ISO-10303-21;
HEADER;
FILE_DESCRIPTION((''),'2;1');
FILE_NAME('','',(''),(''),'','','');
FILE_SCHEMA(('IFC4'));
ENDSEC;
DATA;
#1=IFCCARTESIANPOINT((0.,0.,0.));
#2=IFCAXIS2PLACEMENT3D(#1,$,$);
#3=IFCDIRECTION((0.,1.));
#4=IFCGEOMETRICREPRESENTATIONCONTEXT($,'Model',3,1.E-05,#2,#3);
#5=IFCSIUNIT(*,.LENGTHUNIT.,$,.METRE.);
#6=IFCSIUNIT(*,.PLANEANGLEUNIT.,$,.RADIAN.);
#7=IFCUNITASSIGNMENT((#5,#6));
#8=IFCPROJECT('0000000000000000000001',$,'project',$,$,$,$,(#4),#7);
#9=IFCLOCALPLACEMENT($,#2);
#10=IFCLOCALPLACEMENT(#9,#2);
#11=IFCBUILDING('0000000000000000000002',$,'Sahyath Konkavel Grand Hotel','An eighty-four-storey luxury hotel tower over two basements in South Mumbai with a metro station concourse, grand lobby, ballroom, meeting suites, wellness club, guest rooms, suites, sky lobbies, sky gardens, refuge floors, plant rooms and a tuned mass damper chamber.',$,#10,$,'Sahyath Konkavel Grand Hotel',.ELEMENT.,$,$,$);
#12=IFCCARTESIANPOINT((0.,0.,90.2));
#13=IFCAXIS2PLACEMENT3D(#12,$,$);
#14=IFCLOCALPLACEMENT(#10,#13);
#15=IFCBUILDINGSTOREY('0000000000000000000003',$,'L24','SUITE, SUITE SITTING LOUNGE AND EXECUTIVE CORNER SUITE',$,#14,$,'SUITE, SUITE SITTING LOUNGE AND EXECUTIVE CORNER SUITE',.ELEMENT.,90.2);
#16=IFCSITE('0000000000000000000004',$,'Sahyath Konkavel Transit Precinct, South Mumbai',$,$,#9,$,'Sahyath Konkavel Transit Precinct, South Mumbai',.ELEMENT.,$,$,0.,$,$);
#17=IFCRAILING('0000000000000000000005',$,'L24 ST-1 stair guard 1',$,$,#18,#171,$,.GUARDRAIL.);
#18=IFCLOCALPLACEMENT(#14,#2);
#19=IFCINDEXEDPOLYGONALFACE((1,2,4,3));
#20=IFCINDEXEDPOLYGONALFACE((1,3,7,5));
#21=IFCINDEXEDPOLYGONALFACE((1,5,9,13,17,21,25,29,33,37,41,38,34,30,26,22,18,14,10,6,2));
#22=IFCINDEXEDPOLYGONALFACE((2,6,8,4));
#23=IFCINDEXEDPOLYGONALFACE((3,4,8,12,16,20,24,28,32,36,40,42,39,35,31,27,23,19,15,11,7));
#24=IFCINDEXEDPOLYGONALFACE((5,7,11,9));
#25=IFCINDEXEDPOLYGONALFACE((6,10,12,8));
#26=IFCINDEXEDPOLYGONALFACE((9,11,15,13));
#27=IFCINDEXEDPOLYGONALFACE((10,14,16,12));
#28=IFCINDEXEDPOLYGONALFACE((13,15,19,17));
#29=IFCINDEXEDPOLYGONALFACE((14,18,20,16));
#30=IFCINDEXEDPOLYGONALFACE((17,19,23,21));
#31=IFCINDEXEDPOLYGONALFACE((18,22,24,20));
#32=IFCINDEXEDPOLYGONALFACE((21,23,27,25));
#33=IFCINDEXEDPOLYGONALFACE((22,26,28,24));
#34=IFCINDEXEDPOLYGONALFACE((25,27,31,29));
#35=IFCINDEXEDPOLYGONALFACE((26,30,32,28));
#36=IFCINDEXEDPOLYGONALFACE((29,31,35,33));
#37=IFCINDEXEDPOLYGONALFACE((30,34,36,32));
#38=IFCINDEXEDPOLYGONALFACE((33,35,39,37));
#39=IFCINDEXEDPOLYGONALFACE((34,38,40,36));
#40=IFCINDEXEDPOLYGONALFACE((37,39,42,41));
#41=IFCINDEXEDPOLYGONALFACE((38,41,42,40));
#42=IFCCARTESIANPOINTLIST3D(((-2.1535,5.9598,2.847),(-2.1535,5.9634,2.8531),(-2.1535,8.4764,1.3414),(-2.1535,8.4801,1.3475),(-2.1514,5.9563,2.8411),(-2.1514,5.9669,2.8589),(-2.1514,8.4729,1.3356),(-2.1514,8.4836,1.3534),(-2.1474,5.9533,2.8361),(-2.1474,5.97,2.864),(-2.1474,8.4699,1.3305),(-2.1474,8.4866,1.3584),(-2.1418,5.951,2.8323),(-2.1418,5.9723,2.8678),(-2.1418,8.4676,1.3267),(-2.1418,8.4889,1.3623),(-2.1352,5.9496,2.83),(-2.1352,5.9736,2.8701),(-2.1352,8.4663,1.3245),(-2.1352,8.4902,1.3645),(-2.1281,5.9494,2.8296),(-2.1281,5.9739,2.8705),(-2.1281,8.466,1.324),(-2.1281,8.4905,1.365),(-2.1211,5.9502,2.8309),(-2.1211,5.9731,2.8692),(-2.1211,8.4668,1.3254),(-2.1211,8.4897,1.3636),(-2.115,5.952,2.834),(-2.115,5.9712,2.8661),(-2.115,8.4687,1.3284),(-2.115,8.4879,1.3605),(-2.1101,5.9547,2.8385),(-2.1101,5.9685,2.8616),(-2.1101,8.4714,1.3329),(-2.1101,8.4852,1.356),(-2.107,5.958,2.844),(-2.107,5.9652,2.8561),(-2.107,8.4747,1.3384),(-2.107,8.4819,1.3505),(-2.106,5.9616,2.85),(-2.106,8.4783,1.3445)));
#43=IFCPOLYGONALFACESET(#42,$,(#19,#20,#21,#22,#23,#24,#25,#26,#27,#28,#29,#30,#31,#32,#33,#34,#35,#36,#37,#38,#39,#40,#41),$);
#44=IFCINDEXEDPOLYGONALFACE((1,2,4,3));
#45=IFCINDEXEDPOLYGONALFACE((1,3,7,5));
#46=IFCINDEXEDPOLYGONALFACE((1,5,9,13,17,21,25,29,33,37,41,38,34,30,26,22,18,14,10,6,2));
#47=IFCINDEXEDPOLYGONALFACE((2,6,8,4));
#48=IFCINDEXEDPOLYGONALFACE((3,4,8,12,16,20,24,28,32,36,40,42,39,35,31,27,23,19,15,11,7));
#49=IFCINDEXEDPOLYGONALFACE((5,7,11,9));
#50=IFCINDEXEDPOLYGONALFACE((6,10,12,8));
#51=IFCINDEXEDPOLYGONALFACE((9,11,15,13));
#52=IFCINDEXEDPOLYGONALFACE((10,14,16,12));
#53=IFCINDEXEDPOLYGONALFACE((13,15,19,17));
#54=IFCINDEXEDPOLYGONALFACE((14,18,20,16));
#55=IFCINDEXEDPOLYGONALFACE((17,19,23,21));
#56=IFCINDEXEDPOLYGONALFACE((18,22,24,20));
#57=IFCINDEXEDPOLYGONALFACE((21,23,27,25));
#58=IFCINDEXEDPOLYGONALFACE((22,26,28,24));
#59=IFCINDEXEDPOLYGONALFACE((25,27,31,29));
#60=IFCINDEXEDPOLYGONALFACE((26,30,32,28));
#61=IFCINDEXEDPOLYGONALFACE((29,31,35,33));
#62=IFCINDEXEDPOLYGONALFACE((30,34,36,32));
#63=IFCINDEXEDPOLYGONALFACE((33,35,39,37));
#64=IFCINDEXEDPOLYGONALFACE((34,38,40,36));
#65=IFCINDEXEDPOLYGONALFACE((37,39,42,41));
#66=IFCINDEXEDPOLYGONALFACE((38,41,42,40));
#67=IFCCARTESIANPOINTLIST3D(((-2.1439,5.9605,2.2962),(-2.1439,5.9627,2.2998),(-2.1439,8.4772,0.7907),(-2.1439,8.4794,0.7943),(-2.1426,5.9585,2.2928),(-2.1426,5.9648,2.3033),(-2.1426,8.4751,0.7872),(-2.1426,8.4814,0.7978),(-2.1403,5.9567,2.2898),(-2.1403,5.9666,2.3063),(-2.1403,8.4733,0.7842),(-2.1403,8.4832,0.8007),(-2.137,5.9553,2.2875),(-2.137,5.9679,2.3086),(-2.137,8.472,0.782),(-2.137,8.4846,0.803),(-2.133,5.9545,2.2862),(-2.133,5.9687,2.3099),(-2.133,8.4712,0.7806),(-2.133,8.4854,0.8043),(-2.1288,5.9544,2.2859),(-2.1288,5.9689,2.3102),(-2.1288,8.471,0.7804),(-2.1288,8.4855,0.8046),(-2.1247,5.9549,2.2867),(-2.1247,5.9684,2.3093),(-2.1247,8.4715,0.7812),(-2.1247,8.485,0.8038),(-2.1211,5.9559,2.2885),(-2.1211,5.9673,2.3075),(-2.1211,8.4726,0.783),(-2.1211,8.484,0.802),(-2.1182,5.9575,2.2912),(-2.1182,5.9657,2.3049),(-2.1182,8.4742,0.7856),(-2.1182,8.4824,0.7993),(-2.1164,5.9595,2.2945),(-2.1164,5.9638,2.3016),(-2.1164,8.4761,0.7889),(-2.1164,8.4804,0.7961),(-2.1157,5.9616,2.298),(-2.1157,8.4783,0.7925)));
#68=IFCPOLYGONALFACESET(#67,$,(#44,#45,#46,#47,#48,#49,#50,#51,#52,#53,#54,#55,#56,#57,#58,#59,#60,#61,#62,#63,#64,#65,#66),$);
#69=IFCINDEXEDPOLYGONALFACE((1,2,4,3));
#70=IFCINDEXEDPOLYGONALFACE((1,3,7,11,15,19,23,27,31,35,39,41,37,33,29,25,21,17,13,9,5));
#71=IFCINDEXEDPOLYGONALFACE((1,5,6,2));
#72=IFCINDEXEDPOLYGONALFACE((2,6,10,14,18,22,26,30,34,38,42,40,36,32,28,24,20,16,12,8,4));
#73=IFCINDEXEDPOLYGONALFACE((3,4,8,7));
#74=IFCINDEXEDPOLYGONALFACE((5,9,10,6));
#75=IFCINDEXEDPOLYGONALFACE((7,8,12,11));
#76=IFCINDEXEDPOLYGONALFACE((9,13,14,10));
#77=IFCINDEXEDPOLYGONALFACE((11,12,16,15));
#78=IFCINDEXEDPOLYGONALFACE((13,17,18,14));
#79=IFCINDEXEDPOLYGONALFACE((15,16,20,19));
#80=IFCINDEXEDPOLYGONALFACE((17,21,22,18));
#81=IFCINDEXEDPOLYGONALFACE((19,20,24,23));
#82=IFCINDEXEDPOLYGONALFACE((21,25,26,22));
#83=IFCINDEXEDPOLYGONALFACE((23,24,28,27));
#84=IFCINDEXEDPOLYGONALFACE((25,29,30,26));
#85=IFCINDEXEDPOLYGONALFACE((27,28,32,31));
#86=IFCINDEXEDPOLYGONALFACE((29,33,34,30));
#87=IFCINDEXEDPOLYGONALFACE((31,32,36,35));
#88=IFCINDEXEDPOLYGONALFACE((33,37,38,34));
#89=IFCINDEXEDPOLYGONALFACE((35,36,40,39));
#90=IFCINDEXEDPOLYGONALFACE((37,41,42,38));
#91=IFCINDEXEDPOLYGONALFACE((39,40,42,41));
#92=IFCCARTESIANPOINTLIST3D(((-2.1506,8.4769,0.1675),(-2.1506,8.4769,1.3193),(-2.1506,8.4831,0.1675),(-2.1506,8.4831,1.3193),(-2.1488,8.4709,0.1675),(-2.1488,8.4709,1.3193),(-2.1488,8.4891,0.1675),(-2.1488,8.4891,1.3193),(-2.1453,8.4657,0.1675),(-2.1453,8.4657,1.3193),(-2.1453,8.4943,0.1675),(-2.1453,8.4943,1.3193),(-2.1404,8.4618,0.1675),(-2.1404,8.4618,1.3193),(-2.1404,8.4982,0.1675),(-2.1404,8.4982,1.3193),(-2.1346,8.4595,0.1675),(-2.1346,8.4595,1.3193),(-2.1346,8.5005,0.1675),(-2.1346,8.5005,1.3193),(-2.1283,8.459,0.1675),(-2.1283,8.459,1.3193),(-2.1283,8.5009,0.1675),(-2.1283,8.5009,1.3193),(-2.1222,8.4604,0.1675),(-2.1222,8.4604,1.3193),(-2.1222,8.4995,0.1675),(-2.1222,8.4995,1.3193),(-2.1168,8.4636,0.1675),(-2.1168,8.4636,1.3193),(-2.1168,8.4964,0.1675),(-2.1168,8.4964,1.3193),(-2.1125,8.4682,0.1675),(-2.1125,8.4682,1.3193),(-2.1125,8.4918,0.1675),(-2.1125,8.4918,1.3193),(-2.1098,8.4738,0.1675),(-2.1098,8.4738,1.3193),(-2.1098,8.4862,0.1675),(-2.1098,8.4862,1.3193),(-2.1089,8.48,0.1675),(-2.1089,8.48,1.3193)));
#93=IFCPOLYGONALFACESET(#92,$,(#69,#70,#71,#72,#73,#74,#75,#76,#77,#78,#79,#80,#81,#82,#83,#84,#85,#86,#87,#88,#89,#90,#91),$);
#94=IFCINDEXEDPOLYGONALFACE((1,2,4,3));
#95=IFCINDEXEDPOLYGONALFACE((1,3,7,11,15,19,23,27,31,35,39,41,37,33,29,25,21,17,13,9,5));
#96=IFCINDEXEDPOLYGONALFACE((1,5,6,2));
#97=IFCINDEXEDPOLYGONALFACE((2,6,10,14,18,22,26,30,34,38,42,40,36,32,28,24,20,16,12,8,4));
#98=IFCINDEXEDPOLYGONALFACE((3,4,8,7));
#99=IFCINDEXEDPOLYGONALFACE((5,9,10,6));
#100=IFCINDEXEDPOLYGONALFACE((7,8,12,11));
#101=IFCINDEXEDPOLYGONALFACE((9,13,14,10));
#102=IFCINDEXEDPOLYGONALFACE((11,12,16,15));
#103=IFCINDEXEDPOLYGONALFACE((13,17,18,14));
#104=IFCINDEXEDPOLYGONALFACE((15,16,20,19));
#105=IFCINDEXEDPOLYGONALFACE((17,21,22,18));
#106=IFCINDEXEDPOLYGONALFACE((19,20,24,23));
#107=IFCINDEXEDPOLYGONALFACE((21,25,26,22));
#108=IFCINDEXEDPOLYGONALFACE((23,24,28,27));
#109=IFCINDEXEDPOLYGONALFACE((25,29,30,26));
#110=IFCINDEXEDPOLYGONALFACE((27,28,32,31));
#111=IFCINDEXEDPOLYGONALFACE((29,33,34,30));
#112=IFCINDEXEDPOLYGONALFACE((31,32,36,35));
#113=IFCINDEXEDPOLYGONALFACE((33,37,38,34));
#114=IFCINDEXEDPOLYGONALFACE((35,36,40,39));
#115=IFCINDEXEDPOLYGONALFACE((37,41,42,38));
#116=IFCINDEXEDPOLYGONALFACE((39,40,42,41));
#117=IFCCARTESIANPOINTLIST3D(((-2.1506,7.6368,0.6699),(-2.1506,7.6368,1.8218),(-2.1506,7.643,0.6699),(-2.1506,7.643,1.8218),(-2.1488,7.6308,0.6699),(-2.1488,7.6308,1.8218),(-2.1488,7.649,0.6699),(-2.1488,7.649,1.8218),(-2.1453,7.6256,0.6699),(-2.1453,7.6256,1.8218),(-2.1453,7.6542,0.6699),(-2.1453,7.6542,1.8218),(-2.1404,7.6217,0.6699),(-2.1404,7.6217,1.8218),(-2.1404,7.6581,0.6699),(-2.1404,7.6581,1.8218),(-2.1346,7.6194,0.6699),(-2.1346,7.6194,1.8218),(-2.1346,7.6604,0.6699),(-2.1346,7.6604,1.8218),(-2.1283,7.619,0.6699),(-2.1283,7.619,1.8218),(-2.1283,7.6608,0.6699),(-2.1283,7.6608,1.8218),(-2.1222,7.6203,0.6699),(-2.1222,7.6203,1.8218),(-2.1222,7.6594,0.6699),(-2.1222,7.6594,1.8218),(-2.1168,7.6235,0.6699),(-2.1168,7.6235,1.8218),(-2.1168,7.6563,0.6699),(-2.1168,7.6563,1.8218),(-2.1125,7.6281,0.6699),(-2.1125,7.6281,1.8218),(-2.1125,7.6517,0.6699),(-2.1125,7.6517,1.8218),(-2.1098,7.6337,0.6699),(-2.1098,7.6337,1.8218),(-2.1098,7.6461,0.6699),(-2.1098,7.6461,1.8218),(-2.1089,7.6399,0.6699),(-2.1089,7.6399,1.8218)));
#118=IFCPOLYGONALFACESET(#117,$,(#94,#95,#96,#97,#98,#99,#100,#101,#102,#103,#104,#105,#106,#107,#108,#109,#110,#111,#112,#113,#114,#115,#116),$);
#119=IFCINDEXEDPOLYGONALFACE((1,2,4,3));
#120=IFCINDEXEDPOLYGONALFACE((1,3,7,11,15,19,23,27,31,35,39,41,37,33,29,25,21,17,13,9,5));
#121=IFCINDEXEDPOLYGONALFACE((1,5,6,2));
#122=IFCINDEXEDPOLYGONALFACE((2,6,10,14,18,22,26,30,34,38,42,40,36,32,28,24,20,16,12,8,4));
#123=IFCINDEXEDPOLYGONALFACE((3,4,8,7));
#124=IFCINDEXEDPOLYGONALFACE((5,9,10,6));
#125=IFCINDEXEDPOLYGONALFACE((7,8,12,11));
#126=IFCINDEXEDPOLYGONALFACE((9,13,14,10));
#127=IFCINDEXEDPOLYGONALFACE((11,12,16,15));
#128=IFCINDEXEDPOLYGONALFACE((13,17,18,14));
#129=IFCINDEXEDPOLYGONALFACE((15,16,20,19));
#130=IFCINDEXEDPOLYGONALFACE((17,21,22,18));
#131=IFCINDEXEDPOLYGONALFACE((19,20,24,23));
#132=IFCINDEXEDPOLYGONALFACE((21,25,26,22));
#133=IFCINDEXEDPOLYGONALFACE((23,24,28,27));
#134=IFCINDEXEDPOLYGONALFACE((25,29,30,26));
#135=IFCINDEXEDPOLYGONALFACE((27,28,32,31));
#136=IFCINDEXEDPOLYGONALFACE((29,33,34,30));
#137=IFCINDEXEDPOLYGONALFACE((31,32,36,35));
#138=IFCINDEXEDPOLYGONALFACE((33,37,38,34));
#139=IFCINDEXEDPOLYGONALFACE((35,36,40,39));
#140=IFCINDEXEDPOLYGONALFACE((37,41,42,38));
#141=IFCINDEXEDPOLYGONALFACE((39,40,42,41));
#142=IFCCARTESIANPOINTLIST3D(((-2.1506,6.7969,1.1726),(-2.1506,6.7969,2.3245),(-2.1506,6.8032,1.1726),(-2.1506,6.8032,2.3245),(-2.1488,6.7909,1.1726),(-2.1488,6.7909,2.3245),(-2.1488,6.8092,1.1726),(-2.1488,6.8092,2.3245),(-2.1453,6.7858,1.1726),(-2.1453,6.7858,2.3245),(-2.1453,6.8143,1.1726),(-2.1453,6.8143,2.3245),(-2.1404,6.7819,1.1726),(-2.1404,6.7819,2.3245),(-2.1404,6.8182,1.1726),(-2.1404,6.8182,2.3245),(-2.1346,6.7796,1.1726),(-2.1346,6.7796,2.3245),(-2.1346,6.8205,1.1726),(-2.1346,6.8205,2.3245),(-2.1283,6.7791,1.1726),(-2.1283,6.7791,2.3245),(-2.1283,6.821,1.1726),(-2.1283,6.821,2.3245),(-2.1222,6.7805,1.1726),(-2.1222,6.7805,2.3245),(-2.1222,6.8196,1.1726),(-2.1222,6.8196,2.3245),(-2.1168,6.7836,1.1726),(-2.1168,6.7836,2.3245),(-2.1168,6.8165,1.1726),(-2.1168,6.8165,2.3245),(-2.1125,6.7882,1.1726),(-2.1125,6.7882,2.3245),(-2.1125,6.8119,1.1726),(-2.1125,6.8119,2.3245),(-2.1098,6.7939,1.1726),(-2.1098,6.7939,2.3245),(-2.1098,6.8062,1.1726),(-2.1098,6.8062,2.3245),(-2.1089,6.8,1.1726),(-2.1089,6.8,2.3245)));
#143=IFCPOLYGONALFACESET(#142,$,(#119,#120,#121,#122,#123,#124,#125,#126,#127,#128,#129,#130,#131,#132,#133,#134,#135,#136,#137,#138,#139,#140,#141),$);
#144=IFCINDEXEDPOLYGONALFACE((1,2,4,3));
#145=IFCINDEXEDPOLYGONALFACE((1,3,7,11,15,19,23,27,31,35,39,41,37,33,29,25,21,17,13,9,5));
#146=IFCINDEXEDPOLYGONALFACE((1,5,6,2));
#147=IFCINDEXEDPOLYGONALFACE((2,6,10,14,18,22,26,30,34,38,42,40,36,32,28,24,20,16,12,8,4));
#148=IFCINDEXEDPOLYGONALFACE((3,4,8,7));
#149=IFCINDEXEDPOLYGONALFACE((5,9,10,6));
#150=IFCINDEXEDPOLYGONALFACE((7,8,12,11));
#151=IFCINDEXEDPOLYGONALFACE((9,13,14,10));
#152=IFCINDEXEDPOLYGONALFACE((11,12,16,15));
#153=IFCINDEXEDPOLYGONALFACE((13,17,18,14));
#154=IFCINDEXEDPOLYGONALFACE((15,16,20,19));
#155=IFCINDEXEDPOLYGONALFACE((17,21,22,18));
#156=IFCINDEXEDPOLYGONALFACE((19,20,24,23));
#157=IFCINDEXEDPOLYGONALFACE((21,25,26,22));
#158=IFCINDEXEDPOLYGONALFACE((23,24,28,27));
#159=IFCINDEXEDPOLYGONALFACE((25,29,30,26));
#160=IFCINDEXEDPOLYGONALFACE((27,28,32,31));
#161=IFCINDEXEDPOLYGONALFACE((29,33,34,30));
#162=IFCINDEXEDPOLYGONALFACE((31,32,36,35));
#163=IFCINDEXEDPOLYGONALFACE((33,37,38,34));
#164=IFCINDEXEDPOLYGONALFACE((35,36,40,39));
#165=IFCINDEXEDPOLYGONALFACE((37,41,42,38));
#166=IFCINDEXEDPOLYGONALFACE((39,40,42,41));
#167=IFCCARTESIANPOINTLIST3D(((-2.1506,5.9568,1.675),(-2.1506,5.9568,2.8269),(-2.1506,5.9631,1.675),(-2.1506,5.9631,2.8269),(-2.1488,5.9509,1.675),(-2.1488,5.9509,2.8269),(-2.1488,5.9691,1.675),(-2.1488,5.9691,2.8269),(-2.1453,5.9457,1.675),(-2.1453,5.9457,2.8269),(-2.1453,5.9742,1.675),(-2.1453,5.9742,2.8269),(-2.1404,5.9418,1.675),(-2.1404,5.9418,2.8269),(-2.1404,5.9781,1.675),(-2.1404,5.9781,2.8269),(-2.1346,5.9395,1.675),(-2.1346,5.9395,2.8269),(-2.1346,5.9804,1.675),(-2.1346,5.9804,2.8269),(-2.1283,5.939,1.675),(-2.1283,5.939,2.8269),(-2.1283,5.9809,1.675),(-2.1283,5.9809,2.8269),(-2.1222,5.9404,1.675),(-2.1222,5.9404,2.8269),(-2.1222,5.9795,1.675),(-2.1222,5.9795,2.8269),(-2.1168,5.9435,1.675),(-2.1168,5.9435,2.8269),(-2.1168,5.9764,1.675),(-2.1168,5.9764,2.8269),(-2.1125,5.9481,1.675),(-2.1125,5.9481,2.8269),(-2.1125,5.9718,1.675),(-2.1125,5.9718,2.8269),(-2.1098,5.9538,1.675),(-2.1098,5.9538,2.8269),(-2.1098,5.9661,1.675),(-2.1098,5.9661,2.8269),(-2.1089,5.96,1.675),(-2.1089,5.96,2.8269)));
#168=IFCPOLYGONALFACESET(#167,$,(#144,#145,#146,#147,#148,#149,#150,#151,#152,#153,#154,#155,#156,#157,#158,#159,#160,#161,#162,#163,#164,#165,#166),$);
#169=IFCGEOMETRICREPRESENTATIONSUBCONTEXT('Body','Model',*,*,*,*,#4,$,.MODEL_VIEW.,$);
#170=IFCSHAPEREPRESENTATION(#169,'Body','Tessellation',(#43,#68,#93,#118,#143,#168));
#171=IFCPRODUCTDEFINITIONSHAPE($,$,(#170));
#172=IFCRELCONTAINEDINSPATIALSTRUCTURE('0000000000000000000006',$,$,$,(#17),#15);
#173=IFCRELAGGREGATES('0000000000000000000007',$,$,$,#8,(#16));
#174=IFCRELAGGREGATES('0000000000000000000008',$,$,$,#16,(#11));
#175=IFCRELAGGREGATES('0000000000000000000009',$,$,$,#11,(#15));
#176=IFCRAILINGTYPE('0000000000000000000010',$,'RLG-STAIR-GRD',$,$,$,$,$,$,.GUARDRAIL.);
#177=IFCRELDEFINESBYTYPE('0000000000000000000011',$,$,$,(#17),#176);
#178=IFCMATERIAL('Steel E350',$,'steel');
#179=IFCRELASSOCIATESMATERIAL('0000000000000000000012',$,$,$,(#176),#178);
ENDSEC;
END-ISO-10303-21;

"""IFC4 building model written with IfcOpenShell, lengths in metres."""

from ifc_helpers import new_model, si_unit, direction, frame, origin, origin_2d, place, context, subcontext, project, spatial, circle, extrude, material, type_object, element, save


model = new_model("IFC4")

# Units and contexts
model_context = context("Model", 3, precision=1e-05, world=origin(), true_north=direction((0.0, 1.0)))
body_context = subcontext(model_context, "Body", "Model", "MODEL_VIEW")
ifc_project = project(units=[si_unit("LENGTHUNIT", "METRE"), si_unit("PLANEANGLEUNIT", "RADIAN")], contexts=[model_context])

# Site, building, storey
site_placement = place(None, origin())
site = spatial("IfcSite", under=ifc_project, at=site_placement, Name="Sahyath Konkavel Transit Precinct, South Mumbai", LongName="Sahyath Konkavel Transit Precinct, South Mumbai", CompositionType="ELEMENT", RefElevation=0.0)
building_placement = place(site_placement, origin())
building = spatial("IfcBuilding", under=site, at=building_placement, Name="Sahyath Konkavel Grand Hotel", Description="An eighty-four-storey luxury hotel tower over two basements in South Mumbai with a metro station concourse, grand lobby, ballroom, meeting suites, wellness club, guest rooms, suites, sky lobbies, sky gardens, refuge floors, plant rooms and a tuned mass damper chamber.", LongName="Sahyath Konkavel Grand Hotel", CompositionType="ELEMENT")
storey_placement = place(building_placement, frame((0.0, 0.0, 90.2)))
storey = spatial("IfcBuildingStorey", under=building, at=storey_placement, Name="L24", Description="SUITE, SUITE SITTING LOUNGE AND EXECUTIVE CORNER SUITE", LongName="SUITE, SUITE SITTING LOUNGE AND EXECUTIVE CORNER SUITE", CompositionType="ELEMENT", Elevation=90.2)

# Shared definitions
ifc_material_1 = material(Name="Steel E350", Category="steel")

# Railing
railing_type_1 = type_object("IfcRailingType", Name="RLG-STAIR-GRD", PredefinedType="GUARDRAIL", material=ifc_material_1)
railing_1_placement = place(storey_placement, frame((-2.1299, 8.48, 0.1675)))
element("IfcRailing", 1, at=railing_1_placement, inside=storey, type_object=railing_type_1, Name="L24 ST-1 stair guard 1", PredefinedType="GUARDRAIL", context=body_context, shape_type="SweptSolid", body=[
    extrude(circle(Radius=0.0239, at=origin_2d()), frame((0.0, -0.0017, 1.177), z_axis=(0.0, -0.85816, 0.513383), x_axis=(1.0, 0.0, 0.0)), (0.0, 0.0, 1.0), 2.9326),
    extrude(circle(Radius=0.0142, at=origin_2d()), frame((0.0, -0.0017, 0.625), z_axis=(0.0, -0.85816, 0.513383), x_axis=(1.0, 0.0, 0.0)), (0.0, 0.0, 1.0), 2.9326),
    extrude(circle(Radius=0.021, at=origin_2d()), origin(), (0.0, 0.0, 1.0), 1.1519),
    extrude(circle(Radius=0.021, at=origin_2d()), frame((0.0, -0.8401, 0.5024)), (0.0, 0.0, 1.0), 1.1519),
    extrude(circle(Radius=0.021, at=origin_2d()), frame((0.0, -1.6799, 1.0051)), (0.0, 0.0, 1.0), 1.1519),
    extrude(circle(Radius=0.021, at=origin_2d()), frame((0.0, -2.52, 1.5076)), (0.0, 0.0, 1.0), 1.1519),
])

save(model, "model.ifc")
